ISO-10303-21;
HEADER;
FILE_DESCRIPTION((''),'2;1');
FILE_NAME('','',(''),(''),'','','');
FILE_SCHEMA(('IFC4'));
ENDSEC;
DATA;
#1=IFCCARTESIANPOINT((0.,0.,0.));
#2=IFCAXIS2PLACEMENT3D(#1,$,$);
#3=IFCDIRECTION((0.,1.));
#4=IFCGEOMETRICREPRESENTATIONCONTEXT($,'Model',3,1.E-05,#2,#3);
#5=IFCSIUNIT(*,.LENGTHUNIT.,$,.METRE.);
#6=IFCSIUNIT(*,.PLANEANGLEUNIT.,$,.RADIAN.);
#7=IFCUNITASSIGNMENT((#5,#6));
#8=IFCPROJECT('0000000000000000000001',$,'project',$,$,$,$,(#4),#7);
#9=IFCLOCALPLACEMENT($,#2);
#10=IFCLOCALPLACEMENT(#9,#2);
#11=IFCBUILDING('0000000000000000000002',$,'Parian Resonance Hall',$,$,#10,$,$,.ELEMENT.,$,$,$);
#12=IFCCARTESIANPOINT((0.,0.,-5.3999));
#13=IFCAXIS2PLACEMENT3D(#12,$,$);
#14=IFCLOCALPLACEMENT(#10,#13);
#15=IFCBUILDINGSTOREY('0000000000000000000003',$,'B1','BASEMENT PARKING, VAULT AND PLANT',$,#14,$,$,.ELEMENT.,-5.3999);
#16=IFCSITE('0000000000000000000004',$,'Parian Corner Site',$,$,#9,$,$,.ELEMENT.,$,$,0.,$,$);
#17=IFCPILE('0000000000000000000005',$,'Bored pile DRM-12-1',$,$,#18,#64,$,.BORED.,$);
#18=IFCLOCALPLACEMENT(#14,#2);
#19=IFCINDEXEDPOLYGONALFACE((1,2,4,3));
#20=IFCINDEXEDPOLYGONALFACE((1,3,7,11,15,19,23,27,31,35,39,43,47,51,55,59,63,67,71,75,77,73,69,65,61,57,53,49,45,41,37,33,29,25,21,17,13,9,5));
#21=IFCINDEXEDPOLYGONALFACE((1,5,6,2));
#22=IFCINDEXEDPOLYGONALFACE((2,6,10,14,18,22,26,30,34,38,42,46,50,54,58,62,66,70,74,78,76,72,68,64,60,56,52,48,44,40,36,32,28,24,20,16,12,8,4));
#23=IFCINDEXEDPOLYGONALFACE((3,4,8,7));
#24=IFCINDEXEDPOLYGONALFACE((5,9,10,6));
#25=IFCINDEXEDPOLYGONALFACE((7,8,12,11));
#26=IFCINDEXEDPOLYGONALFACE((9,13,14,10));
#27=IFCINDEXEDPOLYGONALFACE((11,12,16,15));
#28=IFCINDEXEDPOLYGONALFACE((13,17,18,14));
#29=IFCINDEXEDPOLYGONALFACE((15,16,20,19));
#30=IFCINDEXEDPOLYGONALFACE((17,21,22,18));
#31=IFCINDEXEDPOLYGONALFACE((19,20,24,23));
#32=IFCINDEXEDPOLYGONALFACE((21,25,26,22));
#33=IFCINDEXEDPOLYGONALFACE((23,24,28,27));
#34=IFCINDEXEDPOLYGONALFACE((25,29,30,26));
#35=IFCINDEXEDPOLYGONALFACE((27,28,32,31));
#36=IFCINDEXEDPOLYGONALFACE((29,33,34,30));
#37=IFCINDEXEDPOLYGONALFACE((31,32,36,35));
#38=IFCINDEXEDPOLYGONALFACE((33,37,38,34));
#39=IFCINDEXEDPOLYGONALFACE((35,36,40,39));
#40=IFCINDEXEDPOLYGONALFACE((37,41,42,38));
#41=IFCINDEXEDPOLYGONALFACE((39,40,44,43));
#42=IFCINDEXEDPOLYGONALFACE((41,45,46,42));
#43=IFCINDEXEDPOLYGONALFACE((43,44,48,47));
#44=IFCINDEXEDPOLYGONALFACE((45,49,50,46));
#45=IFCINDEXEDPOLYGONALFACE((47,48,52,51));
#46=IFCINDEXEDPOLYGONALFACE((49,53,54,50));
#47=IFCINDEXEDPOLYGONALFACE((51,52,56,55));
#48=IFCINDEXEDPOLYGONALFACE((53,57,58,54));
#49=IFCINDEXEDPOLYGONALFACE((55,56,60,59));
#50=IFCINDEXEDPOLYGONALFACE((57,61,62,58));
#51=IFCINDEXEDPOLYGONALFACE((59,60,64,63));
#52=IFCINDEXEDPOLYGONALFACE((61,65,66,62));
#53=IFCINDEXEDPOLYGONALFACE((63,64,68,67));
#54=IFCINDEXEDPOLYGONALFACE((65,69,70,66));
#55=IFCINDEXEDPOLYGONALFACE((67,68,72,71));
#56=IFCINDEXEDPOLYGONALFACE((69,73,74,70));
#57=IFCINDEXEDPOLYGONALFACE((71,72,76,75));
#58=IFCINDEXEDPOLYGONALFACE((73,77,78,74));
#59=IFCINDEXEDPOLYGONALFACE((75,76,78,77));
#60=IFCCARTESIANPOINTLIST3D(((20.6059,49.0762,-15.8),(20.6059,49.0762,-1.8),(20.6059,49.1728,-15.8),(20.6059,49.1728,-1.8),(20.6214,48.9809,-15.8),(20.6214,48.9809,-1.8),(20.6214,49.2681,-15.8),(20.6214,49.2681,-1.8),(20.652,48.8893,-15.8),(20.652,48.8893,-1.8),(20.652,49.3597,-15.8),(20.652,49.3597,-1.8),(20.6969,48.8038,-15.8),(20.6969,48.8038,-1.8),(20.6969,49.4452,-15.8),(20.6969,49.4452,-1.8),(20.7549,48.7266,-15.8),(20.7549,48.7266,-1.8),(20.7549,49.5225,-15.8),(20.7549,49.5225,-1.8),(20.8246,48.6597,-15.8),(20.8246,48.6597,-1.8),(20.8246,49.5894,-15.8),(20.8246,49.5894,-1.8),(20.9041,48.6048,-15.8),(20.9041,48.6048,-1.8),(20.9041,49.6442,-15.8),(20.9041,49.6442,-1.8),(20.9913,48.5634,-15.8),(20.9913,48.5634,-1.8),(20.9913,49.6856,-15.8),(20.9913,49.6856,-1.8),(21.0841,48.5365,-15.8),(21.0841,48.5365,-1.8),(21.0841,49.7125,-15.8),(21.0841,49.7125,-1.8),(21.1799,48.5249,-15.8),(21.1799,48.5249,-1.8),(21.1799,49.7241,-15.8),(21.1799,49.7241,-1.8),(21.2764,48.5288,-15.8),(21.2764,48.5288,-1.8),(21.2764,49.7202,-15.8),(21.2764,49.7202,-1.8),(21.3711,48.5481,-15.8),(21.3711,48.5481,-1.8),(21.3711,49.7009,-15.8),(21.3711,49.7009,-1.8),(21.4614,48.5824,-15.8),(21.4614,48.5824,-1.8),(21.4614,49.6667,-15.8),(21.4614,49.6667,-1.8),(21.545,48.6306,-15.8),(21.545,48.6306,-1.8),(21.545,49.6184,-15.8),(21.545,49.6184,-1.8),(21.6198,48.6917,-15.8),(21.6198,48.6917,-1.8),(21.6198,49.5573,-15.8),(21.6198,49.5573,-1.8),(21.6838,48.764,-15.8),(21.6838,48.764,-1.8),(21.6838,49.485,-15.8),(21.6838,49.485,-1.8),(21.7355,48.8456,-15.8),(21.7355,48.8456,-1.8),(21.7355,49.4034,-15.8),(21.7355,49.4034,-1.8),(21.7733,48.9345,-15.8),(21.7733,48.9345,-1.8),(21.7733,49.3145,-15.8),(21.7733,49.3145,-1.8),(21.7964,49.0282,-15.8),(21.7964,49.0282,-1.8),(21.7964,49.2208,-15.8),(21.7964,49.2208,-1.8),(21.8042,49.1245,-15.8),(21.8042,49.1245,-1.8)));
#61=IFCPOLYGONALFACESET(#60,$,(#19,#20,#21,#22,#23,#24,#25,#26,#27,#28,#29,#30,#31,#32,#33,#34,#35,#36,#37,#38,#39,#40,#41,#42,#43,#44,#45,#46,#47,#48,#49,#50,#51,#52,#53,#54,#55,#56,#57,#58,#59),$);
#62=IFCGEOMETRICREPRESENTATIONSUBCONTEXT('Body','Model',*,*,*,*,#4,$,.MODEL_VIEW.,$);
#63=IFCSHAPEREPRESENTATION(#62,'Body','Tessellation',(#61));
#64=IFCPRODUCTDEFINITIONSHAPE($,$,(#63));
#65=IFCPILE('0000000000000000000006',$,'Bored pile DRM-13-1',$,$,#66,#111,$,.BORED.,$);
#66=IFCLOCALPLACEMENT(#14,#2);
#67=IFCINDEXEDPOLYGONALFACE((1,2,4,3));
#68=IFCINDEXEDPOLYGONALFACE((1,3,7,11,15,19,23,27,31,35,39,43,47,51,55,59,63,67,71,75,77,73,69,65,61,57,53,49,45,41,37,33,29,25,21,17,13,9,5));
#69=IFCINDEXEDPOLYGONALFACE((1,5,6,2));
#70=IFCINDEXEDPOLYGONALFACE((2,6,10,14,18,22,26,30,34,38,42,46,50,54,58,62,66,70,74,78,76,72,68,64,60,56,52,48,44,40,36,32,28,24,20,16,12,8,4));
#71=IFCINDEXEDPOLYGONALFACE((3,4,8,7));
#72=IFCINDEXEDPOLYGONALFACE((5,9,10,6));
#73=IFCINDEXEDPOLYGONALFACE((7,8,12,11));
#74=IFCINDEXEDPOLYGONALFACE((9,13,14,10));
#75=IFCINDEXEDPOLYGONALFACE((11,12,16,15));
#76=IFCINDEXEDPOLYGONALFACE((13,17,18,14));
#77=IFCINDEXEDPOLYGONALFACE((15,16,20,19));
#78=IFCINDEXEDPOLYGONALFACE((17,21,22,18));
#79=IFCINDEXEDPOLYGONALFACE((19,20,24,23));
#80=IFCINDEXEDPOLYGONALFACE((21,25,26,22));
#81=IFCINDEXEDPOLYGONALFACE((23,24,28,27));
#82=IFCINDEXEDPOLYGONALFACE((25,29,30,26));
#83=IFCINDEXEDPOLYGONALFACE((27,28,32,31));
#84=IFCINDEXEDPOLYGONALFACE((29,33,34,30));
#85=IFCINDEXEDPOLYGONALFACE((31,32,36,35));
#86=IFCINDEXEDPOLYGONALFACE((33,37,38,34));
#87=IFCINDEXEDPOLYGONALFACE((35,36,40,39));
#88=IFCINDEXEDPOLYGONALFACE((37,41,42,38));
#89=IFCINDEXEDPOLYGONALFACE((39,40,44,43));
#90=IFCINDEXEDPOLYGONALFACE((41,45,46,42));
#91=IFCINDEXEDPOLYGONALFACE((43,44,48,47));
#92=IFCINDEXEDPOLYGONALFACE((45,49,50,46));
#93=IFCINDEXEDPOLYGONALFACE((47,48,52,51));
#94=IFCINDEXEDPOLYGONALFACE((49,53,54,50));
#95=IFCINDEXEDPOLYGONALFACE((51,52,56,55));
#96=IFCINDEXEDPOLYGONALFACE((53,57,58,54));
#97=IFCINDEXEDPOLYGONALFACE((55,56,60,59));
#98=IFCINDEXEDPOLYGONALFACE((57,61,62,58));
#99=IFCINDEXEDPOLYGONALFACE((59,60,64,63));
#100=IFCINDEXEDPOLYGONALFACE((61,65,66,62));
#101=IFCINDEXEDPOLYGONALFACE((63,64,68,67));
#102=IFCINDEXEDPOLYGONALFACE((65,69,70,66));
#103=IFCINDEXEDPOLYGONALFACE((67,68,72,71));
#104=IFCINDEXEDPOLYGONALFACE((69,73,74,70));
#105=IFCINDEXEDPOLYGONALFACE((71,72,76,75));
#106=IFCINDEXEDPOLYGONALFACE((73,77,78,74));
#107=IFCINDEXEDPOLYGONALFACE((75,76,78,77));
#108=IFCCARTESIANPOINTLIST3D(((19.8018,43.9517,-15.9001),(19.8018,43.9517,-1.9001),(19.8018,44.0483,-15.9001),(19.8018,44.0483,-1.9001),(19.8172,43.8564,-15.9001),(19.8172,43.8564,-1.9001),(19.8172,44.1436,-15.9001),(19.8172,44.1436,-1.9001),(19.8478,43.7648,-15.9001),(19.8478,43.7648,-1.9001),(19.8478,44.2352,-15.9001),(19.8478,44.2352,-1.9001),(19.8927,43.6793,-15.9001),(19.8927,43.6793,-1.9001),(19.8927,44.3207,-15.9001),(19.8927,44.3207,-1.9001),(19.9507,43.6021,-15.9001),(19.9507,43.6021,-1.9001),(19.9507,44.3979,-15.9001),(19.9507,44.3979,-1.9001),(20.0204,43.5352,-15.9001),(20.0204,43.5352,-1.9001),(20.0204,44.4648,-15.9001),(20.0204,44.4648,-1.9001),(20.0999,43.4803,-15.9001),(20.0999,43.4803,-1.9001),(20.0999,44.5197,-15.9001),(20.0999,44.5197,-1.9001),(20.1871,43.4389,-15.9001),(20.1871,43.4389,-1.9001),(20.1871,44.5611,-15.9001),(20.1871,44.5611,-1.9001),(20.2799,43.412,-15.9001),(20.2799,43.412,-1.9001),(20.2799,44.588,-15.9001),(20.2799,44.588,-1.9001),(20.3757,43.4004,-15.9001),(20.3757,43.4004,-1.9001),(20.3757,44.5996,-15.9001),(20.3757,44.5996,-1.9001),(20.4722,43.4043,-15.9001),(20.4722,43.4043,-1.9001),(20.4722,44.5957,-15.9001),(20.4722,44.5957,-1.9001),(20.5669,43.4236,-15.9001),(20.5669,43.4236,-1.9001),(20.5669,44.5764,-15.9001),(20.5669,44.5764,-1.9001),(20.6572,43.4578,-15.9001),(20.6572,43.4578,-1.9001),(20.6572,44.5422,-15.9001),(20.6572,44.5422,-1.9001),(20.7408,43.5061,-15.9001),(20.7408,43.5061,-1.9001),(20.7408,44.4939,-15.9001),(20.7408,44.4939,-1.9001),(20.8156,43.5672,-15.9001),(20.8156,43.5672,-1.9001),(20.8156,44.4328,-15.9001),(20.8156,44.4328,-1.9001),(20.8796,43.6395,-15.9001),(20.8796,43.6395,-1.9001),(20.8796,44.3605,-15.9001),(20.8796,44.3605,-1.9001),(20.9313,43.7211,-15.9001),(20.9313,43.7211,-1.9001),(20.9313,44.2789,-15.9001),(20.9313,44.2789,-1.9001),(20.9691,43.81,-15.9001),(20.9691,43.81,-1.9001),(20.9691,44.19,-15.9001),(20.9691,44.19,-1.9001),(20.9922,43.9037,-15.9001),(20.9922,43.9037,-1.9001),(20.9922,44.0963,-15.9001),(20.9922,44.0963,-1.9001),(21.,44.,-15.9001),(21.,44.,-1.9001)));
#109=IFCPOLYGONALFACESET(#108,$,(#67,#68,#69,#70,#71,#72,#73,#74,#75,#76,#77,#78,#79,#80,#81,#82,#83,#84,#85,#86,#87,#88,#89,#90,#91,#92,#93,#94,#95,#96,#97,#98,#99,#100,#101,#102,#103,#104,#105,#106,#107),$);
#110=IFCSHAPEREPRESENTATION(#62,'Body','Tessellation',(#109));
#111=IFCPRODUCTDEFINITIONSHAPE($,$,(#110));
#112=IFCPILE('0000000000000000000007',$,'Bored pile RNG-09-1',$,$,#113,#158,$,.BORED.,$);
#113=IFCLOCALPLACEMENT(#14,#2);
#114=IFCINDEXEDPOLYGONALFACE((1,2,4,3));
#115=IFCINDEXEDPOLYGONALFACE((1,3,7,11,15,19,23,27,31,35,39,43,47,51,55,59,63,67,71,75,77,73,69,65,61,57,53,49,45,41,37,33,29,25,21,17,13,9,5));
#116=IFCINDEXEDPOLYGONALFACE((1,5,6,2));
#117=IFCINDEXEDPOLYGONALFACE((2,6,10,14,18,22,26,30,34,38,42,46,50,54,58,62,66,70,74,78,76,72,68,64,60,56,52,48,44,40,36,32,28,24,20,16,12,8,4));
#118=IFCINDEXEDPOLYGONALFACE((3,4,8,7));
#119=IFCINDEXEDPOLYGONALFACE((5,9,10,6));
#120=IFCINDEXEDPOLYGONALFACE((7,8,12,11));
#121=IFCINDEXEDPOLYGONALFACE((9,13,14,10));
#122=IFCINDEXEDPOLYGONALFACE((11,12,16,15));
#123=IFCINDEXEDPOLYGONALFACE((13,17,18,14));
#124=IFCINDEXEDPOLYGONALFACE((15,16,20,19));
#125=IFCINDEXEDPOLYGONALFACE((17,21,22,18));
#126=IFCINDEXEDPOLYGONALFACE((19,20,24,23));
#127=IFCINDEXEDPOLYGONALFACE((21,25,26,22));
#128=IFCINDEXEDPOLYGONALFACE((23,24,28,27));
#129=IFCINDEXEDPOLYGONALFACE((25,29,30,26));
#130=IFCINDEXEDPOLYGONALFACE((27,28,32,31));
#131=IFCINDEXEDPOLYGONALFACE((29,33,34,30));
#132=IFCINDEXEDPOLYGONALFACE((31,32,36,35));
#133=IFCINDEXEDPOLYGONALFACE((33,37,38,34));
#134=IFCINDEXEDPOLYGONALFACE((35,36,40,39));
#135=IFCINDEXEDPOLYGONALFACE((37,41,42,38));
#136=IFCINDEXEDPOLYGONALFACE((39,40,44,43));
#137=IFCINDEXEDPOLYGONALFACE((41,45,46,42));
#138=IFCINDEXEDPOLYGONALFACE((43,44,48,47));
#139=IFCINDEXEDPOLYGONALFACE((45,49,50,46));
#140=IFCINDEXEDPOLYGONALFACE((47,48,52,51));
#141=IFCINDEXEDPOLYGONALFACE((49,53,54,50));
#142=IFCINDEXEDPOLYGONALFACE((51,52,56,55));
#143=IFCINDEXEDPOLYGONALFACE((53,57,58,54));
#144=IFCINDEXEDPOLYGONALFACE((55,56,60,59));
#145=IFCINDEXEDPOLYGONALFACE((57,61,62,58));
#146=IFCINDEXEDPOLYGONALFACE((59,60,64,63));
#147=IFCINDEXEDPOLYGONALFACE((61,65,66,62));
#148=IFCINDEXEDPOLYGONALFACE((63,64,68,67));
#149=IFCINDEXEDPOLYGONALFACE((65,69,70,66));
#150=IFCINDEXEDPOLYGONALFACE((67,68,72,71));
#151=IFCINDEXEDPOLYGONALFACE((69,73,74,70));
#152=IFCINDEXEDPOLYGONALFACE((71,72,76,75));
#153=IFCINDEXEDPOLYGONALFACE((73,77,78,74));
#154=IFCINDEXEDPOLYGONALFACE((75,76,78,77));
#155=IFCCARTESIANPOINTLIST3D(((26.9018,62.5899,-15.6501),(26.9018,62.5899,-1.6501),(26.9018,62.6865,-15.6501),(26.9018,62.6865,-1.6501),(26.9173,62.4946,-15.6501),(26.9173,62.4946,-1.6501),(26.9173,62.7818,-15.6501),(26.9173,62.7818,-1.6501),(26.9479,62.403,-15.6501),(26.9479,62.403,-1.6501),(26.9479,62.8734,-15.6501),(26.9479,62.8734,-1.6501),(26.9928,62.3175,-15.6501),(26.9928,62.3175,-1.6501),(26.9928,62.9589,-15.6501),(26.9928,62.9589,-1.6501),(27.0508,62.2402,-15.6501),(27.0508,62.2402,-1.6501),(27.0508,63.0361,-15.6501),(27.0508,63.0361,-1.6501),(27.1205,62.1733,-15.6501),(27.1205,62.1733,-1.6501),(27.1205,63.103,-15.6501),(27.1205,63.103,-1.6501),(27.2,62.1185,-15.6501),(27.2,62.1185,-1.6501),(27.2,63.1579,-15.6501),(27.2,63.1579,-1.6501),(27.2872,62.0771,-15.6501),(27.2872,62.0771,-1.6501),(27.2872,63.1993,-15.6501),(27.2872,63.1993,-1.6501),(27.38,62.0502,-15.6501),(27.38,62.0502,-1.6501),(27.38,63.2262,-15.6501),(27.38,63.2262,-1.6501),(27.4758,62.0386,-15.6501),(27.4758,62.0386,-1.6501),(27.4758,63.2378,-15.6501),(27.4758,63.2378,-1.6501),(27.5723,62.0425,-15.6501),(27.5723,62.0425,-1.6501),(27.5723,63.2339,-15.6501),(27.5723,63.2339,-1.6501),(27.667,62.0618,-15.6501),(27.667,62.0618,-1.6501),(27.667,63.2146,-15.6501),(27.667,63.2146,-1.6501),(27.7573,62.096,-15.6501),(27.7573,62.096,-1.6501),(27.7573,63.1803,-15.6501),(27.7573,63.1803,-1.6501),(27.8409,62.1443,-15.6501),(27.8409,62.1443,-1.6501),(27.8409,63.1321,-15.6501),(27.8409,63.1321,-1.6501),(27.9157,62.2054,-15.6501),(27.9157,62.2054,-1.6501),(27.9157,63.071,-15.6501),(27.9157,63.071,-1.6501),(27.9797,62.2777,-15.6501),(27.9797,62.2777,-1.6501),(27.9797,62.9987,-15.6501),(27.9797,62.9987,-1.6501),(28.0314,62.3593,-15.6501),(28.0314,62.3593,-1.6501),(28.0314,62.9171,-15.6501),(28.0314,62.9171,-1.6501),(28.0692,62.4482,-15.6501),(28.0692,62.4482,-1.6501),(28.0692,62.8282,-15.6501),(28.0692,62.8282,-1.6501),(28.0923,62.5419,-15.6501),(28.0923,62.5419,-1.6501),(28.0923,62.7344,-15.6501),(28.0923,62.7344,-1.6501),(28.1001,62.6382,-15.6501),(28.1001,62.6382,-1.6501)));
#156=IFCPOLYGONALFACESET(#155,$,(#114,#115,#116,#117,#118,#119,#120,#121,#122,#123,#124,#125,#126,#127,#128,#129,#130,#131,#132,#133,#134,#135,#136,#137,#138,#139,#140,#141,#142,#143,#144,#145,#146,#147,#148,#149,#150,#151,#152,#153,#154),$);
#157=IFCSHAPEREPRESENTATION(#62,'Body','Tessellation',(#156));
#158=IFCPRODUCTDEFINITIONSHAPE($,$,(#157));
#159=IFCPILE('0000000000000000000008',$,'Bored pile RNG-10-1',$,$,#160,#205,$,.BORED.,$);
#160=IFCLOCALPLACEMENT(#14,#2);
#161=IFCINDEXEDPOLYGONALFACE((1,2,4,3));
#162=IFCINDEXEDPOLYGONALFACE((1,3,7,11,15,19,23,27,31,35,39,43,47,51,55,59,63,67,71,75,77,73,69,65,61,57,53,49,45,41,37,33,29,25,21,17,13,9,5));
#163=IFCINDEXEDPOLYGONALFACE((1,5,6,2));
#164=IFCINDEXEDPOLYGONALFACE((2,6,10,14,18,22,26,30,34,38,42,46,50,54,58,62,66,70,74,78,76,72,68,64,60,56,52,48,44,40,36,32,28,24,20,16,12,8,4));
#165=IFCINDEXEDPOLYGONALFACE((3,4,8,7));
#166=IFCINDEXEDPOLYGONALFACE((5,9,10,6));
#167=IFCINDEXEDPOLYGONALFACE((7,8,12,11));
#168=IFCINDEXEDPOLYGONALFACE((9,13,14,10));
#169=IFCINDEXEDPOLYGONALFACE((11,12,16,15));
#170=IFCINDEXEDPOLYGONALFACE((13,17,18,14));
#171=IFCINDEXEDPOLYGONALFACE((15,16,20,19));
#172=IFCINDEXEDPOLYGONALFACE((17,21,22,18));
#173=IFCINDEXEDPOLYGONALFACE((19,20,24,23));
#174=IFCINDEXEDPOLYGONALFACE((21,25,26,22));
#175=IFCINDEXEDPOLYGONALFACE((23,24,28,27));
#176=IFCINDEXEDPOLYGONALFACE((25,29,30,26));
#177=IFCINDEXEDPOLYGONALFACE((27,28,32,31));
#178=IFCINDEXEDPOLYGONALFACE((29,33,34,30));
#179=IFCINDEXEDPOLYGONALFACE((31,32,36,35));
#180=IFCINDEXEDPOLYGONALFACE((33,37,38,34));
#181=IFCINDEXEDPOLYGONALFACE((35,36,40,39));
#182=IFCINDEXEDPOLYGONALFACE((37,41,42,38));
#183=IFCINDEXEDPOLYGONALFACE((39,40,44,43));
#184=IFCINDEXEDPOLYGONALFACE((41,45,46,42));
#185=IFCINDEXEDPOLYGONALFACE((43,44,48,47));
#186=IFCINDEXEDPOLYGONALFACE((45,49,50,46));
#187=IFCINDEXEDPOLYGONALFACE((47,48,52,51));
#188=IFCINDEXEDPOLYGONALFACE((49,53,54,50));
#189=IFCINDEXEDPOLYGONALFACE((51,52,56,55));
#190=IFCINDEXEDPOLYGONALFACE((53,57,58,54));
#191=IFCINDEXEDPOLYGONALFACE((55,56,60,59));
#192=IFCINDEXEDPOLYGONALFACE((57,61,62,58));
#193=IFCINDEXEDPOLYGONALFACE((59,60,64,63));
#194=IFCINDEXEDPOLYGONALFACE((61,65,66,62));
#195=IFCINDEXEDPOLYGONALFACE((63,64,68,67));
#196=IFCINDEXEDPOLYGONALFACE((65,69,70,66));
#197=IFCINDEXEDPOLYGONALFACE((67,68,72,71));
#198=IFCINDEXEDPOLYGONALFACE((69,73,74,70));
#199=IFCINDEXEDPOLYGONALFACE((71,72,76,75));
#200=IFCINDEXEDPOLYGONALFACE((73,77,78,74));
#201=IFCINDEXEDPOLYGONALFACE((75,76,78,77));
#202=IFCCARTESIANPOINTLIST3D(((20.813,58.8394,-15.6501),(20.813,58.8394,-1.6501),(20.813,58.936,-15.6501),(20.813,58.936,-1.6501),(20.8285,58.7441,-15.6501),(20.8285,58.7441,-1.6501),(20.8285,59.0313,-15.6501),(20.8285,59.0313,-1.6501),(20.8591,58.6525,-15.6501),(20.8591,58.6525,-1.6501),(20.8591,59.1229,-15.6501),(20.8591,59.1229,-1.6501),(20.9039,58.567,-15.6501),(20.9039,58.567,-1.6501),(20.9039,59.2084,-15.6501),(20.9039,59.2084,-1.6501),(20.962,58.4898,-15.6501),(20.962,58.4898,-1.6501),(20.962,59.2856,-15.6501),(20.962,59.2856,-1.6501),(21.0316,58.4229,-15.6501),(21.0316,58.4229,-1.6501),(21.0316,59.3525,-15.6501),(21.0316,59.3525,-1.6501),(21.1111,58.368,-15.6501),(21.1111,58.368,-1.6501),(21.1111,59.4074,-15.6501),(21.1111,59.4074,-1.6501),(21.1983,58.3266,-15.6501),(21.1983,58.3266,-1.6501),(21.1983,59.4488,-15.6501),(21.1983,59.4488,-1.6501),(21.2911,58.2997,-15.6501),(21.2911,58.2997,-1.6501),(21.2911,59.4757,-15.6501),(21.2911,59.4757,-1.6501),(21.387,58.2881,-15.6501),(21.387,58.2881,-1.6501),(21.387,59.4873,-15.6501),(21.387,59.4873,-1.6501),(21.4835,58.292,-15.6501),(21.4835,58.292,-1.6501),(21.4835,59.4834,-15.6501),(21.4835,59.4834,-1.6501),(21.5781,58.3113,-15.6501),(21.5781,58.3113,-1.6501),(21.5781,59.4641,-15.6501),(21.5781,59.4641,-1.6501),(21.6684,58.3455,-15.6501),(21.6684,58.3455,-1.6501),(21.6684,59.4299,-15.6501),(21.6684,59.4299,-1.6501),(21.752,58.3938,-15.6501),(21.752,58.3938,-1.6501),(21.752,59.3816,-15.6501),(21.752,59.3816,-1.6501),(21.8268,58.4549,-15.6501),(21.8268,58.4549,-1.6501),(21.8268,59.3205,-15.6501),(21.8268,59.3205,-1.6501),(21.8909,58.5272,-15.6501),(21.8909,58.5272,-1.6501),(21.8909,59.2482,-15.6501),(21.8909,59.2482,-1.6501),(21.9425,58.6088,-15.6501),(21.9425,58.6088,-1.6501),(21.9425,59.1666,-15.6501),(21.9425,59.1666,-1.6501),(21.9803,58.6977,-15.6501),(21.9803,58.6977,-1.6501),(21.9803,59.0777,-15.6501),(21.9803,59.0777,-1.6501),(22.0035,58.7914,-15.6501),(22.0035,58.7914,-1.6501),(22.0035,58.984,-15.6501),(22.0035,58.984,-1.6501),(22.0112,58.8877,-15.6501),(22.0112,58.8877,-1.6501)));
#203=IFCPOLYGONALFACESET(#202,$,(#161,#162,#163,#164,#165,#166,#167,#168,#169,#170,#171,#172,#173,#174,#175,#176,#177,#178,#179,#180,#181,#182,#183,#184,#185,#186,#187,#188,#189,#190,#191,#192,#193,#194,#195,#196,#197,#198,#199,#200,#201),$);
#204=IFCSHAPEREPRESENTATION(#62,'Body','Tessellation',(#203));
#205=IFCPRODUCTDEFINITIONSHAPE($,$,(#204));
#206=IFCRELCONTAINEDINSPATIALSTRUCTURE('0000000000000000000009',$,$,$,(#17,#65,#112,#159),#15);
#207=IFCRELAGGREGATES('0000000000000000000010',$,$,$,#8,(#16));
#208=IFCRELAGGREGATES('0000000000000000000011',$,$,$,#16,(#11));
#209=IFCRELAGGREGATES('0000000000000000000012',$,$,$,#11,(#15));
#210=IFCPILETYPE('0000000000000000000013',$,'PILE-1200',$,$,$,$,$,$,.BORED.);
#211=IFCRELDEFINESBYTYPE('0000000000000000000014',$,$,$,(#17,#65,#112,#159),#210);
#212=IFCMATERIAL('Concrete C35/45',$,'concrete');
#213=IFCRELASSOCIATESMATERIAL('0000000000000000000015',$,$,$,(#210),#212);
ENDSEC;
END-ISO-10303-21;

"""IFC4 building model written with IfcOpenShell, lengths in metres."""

from ifc_helpers import new_model, si_unit, direction, frame, origin, origin_2d, place, context, subcontext, project, spatial, circle, extrude, material, material_profile, profile_set, type_object, element, save


model = new_model("IFC4")

# Units and contexts
model_context = context("Model", 3, precision=1e-05, world=origin(), true_north=direction((0.0, 1.0)))
body_context = subcontext(model_context, "Body", "Model", "MODEL_VIEW")
ifc_project = project(units=[si_unit("LENGTHUNIT", "METRE"), si_unit("PLANEANGLEUNIT", "RADIAN")], contexts=[model_context])

# Site, building, storey
site_placement = place(None, origin())
site = spatial("IfcSite", under=ifc_project, at=site_placement, Name="Parian Corner Site", CompositionType="ELEMENT", RefElevation=0.0)
building_placement = place(site_placement, origin())
building = spatial("IfcBuilding", under=site, at=building_placement, Name="Parian Resonance Hall", CompositionType="ELEMENT")
storey_placement = place(building_placement, frame((0.0, 0.0, -5.3999)))
storey = spatial("IfcBuildingStorey", under=building, at=storey_placement, Name="B1", Description="BASEMENT PARKING, VAULT AND PLANT", CompositionType="ELEMENT", Elevation=-5.3999)

# Piles
ifc_material_1 = material(Name="Concrete C35/45", Category="concrete")
ifc_material_profile_1 = material_profile(ifc_material_1, circle(Radius=0.6001, at=origin_2d()), Name="PILE-D1200")
ifc_profile_set_1 = profile_set([ifc_material_profile_1], Name="Concrete C35/45")
pile_type = type_object("IfcPileType", Name="PILE-1200", PredefinedType="BORED", material=ifc_profile_set_1)
for number, where, z_axis, x_axis, name in (
    (1, (21.2041, 49.1245, -1.8), (0.0, 0.0, -1.0), (1.0, 0.0, 0.0), "Bored pile DRM-12-1"),
    (2, (20.3999, 44.0, -1.9001), (0.0, 0.0, -1.0), (1.0, 0.0, 0.0), "Bored pile DRM-13-1"),
    (3, (27.5, 62.6382, -1.6501), (0.0, 0.0, -1.0), (1.0, 0.0, 0.0), "Bored pile RNG-09-1"),
    (4, (21.4111, 58.8877, -1.6501), (0.0, 0.0, -1.0), (1.0, 0.0, 0.0), "Bored pile RNG-10-1"),
):
    element("IfcPile", number, at=place(storey_placement, frame(where, z_axis=z_axis, x_axis=x_axis)), inside=storey, type_object=pile_type, Name=name, PredefinedType="BORED", context=body_context, shape_type="SweptSolid", body=[
        extrude(circle(Radius=0.6001, at=origin_2d()), origin(), (0.0, 0.0, 1.0), 14.0),
    ])

save(model, "model.ifc")
